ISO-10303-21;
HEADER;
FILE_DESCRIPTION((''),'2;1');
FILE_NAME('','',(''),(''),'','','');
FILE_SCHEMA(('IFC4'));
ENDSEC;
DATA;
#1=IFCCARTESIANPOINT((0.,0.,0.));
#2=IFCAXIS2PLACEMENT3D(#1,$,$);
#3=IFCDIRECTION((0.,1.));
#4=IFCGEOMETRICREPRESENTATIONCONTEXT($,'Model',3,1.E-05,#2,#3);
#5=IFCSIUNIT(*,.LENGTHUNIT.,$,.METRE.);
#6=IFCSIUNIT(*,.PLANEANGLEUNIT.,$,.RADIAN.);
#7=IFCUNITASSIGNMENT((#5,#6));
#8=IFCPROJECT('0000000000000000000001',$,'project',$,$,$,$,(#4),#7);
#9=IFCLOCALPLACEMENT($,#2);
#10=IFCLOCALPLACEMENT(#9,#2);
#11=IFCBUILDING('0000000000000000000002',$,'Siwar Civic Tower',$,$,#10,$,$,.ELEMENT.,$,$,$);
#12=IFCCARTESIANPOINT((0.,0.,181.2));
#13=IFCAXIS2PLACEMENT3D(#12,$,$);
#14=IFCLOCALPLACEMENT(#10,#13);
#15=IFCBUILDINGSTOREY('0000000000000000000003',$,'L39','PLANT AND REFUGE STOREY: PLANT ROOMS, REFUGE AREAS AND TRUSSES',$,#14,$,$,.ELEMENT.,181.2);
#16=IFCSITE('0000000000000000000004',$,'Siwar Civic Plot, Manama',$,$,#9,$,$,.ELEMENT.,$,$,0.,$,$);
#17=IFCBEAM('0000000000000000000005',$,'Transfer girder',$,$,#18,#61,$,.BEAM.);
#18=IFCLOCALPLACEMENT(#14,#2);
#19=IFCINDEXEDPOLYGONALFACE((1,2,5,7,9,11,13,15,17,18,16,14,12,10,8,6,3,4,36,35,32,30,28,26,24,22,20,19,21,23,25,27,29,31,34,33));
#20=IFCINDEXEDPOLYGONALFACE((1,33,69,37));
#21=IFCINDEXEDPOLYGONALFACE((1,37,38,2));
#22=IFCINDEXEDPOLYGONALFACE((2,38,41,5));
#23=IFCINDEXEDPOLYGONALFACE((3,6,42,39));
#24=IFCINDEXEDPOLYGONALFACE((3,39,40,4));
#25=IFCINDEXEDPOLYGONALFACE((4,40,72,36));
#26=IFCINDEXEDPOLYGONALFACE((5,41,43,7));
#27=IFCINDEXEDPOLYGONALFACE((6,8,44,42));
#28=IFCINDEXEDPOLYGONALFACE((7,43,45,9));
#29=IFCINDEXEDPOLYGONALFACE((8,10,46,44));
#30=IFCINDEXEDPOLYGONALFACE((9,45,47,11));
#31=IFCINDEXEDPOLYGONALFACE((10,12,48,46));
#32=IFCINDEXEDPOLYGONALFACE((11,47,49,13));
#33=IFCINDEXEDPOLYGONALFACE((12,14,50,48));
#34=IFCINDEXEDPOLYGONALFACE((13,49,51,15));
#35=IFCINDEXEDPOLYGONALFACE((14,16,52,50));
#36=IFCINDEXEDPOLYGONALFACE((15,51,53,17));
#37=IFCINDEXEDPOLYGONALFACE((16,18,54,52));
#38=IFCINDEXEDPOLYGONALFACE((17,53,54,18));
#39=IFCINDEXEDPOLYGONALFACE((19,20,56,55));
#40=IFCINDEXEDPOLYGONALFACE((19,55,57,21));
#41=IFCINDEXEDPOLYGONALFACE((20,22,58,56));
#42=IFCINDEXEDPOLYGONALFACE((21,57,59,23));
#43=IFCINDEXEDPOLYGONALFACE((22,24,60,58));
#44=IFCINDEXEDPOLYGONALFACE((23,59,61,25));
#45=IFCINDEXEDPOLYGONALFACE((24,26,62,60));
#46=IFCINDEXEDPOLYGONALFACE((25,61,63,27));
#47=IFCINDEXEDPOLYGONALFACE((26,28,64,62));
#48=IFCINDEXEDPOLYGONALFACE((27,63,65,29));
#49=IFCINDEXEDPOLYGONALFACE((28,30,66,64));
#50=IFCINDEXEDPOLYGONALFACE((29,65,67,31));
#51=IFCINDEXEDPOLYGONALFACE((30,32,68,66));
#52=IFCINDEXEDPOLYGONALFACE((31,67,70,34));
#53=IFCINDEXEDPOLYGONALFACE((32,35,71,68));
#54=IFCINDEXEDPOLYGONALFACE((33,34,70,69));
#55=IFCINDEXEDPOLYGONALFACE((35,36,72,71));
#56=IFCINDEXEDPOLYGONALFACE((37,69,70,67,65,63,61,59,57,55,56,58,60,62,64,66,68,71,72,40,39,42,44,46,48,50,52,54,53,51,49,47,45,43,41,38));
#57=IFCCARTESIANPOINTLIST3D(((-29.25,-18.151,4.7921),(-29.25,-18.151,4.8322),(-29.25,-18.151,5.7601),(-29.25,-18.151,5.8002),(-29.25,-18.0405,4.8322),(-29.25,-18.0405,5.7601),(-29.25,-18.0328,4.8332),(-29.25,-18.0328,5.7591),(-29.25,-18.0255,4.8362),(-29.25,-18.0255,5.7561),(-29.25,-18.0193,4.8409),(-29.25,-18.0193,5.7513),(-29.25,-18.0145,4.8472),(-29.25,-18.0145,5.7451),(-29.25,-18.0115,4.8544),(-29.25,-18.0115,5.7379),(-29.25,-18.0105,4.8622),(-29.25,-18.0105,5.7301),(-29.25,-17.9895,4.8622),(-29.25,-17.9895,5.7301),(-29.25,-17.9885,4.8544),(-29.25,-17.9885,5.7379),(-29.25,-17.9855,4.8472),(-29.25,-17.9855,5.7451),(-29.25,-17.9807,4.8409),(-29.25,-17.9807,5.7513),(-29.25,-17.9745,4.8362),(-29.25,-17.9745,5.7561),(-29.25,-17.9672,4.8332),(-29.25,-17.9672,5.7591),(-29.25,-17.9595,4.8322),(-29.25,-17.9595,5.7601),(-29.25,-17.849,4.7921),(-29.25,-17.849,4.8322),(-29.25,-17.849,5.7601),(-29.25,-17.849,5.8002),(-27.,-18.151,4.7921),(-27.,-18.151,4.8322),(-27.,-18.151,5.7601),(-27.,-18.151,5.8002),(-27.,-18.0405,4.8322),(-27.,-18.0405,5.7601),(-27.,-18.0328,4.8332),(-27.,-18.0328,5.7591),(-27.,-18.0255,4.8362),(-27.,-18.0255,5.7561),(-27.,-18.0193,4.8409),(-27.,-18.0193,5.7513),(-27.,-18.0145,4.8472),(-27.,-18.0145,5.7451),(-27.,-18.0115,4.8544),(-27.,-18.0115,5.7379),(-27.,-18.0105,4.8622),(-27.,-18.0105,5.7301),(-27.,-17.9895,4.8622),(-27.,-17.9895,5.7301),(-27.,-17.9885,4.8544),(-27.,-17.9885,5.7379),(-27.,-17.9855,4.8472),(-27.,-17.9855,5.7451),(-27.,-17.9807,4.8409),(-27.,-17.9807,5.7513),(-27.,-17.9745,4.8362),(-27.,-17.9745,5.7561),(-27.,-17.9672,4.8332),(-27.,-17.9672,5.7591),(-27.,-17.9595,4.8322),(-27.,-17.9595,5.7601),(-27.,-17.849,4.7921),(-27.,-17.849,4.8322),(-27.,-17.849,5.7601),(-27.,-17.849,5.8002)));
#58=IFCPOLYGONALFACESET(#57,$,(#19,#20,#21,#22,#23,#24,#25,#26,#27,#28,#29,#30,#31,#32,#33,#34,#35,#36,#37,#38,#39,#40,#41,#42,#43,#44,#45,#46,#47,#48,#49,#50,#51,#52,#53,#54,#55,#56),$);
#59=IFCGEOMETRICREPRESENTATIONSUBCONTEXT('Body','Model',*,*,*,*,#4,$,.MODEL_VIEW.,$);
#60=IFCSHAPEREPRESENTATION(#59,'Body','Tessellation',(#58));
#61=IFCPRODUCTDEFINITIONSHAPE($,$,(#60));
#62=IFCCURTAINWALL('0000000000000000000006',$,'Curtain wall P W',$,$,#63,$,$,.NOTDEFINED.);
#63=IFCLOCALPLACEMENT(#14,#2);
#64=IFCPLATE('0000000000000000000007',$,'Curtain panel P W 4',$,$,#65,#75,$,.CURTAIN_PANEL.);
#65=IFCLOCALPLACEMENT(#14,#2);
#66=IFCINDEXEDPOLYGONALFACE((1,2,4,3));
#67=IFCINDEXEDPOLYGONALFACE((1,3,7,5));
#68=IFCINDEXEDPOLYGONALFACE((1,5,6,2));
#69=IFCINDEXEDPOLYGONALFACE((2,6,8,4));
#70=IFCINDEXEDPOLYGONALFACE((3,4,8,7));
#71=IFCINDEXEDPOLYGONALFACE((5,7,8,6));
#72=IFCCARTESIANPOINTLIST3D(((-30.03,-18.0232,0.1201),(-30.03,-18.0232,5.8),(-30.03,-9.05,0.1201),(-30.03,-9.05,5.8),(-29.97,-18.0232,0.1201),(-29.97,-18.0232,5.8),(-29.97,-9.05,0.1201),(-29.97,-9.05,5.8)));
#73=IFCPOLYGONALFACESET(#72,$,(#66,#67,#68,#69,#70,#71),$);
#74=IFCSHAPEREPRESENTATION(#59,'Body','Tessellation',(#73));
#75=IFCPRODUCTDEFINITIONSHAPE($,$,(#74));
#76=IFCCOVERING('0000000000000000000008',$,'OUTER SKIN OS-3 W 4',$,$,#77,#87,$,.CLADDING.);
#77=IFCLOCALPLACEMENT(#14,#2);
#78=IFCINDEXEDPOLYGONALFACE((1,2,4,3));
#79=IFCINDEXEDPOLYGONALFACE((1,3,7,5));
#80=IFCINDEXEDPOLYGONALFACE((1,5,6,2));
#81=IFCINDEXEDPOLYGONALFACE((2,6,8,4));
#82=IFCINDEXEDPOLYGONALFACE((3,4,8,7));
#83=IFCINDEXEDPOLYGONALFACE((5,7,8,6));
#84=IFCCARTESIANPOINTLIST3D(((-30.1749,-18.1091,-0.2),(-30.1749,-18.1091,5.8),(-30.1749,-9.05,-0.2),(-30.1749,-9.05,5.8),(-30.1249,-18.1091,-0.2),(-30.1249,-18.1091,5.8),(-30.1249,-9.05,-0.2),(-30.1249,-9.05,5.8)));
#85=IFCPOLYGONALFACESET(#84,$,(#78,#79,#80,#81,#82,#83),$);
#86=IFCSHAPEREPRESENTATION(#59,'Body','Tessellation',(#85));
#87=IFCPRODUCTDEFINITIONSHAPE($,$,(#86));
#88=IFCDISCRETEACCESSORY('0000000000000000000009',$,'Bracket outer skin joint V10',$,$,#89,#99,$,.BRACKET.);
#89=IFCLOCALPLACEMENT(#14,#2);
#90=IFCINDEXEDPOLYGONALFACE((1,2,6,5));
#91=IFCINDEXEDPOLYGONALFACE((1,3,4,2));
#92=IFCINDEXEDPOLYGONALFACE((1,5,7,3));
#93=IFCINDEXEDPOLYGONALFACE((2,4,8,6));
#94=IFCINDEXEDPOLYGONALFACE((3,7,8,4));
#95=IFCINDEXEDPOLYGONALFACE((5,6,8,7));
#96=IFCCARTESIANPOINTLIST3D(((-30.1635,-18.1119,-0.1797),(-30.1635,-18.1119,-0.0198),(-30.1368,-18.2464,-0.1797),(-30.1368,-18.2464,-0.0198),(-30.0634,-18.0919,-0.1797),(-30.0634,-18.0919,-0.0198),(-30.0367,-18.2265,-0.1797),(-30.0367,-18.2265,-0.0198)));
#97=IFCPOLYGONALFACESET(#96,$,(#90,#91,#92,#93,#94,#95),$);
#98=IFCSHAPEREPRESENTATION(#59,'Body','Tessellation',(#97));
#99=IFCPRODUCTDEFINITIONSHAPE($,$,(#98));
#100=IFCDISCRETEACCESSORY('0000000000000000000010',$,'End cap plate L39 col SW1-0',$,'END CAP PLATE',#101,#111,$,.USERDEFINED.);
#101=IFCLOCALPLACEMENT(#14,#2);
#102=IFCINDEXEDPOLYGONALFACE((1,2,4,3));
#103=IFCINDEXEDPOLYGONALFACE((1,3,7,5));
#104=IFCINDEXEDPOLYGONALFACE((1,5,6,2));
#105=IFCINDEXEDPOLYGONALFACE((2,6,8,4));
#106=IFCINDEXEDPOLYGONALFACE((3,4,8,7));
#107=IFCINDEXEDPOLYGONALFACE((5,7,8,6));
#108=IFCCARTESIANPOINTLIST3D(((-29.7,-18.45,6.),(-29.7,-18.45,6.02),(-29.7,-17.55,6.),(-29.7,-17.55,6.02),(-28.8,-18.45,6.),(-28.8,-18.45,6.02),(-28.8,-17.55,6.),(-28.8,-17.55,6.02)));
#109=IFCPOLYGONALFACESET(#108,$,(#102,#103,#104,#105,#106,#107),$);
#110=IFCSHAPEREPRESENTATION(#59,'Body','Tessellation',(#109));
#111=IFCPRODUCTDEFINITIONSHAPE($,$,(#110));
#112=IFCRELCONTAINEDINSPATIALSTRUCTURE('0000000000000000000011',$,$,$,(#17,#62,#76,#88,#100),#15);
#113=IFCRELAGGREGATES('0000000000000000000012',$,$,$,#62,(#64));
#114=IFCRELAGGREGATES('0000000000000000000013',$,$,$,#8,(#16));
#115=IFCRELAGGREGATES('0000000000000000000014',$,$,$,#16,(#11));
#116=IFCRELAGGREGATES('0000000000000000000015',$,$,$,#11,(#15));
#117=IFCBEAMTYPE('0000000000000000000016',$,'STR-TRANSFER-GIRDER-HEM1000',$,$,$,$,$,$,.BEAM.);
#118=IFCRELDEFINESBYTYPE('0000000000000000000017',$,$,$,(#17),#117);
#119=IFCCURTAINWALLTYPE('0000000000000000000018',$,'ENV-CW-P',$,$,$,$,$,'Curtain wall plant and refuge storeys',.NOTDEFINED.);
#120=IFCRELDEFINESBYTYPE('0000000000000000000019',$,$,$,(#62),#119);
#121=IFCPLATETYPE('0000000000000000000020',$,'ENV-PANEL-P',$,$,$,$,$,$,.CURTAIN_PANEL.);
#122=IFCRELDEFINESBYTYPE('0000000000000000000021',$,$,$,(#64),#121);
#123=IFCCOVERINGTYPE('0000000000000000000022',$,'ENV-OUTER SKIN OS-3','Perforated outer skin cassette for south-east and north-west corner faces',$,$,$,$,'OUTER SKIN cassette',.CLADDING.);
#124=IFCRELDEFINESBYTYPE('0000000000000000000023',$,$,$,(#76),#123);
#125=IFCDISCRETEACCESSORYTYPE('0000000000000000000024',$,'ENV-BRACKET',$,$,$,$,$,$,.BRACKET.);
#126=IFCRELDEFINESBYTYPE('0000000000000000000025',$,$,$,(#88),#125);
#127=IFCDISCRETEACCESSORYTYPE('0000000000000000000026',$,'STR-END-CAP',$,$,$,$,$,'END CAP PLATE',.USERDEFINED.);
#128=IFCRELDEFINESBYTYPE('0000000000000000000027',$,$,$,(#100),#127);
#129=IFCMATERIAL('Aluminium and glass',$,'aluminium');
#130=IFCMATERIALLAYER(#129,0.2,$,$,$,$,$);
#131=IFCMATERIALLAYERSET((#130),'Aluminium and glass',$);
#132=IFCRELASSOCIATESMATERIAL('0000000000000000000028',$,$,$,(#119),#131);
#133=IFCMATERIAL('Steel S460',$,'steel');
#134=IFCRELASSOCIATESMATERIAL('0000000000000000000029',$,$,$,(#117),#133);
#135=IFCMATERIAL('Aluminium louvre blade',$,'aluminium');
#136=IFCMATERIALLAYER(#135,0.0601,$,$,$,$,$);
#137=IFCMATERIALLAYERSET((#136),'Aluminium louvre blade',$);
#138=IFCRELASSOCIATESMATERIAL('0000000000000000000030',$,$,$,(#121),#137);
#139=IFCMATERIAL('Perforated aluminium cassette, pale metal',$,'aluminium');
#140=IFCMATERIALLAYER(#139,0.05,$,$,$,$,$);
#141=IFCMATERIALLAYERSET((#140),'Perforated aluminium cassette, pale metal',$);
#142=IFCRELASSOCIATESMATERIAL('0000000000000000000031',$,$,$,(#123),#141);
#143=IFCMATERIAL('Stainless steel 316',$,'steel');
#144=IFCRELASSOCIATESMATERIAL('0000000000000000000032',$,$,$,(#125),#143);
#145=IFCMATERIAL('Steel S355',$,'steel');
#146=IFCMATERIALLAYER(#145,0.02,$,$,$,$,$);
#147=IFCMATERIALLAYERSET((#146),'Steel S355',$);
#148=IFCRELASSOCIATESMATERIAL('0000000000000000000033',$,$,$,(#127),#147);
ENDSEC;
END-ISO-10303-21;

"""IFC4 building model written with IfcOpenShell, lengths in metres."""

from ifc_helpers import new_model, si_unit, direction, frame, origin, origin_2d, place, context, subcontext, project, spatial, rectangle, i_section, extrude, material, layer, layer_set, material_profile, profile_set, type_object, element, aggregate, save


model = new_model("IFC4")

# Units and contexts
model_context = context("Model", 3, precision=1e-05, world=origin(), true_north=direction((0.0, 1.0)))
body_context = subcontext(model_context, "Body", "Model", "MODEL_VIEW")
ifc_project = project(units=[si_unit("LENGTHUNIT", "METRE"), si_unit("PLANEANGLEUNIT", "RADIAN")], contexts=[model_context])

# Site, building, storey
site_placement = place(None, origin())
site = spatial("IfcSite", under=ifc_project, at=site_placement, Name="Siwar Civic Plot, Manama", CompositionType="ELEMENT", RefElevation=0.0)
building_placement = place(site_placement, origin())
building = spatial("IfcBuilding", under=site, at=building_placement, Name="Siwar Civic Tower", CompositionType="ELEMENT")
storey_placement = place(building_placement, frame((0.0, 0.0, 181.2)))
storey = spatial("IfcBuildingStorey", under=building, at=storey_placement, Name="L39", Description="PLANT AND REFUGE STOREY: PLANT ROOMS, REFUGE AREAS AND TRUSSES", CompositionType="ELEMENT", Elevation=181.2)

# Shared definitions
ifc_material_1 = material(Name="Aluminium and glass", Category="aluminium")
ifc_layer_1 = layer(ifc_material_1, 0.2)
ifc_layer_set_1 = layer_set([ifc_layer_1], Name="Aluminium and glass")
curtain_wall_type = type_object("IfcCurtainWallType", Name="ENV-CW-P", ElementType="Curtain wall plant and refuge storeys", PredefinedType="NOTDEFINED", material=ifc_layer_set_1)

# Beam
ifc_material_2 = material(Name="Steel S460", Category="steel")
ifc_material_profile_1 = material_profile(ifc_material_2, i_section(OverallWidth=0.302, OverallDepth=1.0081, WebThickness=0.021, FlangeThickness=0.04, FilletRadius=0.03, at=origin_2d()), Name="HEM1000")
ifc_profile_set_1 = profile_set([ifc_material_profile_1], Name="Steel S460")
beam_type_1 = type_object("IfcBeamType", Name="STR-TRANSFER-GIRDER-HEM1000", PredefinedType="BEAM", material=ifc_profile_set_1)
beam_placement = place(storey_placement, frame((-27.0, -18.0, 5.2961), z_axis=(-1.0, 0.0, 0.0), x_axis=(0.0, -1.0, 0.0)))
element("IfcBeam", 1, at=beam_placement, inside=storey, type_object=beam_type_1, Name="Transfer girder", PredefinedType="BEAM", context=body_context, shape_type="SweptSolid", body=[
    extrude(i_section(OverallWidth=0.302, OverallDepth=1.0081, WebThickness=0.021, FlangeThickness=0.04, FilletRadius=0.03, at=origin_2d()), origin(), (0.0, 0.0, 1.0), 2.25),
])

# Curtain wall, plate
curtain_wall_1_placement = place(storey_placement, origin())
curtain_wall_1 = element("IfcCurtainWall", 2, at=curtain_wall_1_placement, inside=storey, type_object=curtain_wall_type, Name="Curtain wall P W", PredefinedType="NOTDEFINED")
ifc_material_3 = material(Name="Aluminium louvre blade", Category="aluminium")
ifc_layer_2 = layer(ifc_material_3, 0.0601)
ifc_layer_set_2 = layer_set([ifc_layer_2], Name="Aluminium louvre blade")
plate_type = type_object("IfcPlateType", Name="ENV-PANEL-P", PredefinedType="CURTAIN_PANEL", material=ifc_layer_set_2)
plate_placement = place(storey_placement, frame((-30.0, -13.5366, 0.1201), z_axis=(0.0, 0.0, 1.0), x_axis=(0.0, -1.0, 0.0)))
plate = element("IfcPlate", 3, at=plate_placement, type_object=plate_type, Name="Curtain panel P W 4", PredefinedType="CURTAIN_PANEL", context=body_context, shape_type="SweptSolid", body=[
    extrude(rectangle(XDim=8.9731, YDim=0.0601, at=origin_2d()), origin(), (0.0, 0.0, 1.0), 5.6799),
])
aggregate(curtain_wall_1, [plate])

# Covering
ifc_material_4 = material(Name="Perforated aluminium cassette, pale metal", Category="aluminium")
ifc_layer_3 = layer(ifc_material_4, 0.05)
ifc_layer_set_3 = layer_set([ifc_layer_3], Name="Perforated aluminium cassette, pale metal")
covering_type = type_object("IfcCoveringType", Name="ENV-OUTER SKIN OS-3", Description="Perforated outer skin cassette for south-east and north-west corner faces", ElementType="OUTER SKIN cassette", PredefinedType="CLADDING", material=ifc_layer_set_3)
covering_placement = place(storey_placement, frame((-30.1499, -13.5796, -0.2), z_axis=(0.0, 0.0, 1.0), x_axis=(0.0, -1.0, 0.0)))
element("IfcCovering", 4, at=covering_placement, inside=storey, type_object=covering_type, Name="OUTER SKIN OS-3 W 4", PredefinedType="CLADDING", context=body_context, shape_type="SweptSolid", body=[
    extrude(rectangle(XDim=9.0591, YDim=0.05, at=origin_2d()), origin(), (0.0, 0.0, 1.0), 6.0),
])

# Discrete accessories
ifc_material_5 = material(Name="Stainless steel 316", Category="steel")
discrete_accessory_type_1 = type_object("IfcDiscreteAccessoryType", Name="ENV-BRACKET", PredefinedType="BRACKET", material=ifc_material_5)
discrete_accessory_1_placement = place(storey_placement, frame((-30.1001, -18.1692, -0.1797), z_axis=(0.0, 0.0, 1.0), x_axis=(-0.980785, -0.19509, 0.0)))
element("IfcDiscreteAccessory", 5, at=discrete_accessory_1_placement, inside=storey, type_object=discrete_accessory_type_1, Name="Bracket outer skin joint V10", PredefinedType="BRACKET", context=body_context, shape_type="SweptSolid", body=[
    extrude(rectangle(XDim=0.1021, YDim=0.1372, at=origin_2d()), origin(), (0.0, 0.0, 1.0), 0.1599),
])
ifc_material_6 = material(Name="Steel S355", Category="steel")
ifc_layer_4 = layer(ifc_material_6, 0.02)
ifc_layer_set_4 = layer_set([ifc_layer_4], Name="Steel S355")
discrete_accessory_type_2 = type_object("IfcDiscreteAccessoryType", Name="STR-END-CAP", ElementType="END CAP PLATE", PredefinedType="USERDEFINED", material=ifc_layer_set_4)
discrete_accessory_2_placement = place(storey_placement, frame((-29.25, -18.0, 6.0), z_axis=(0.0, 0.0, 1.0), x_axis=(1.0, 0.0, 0.0)))
element("IfcDiscreteAccessory", 6, at=discrete_accessory_2_placement, inside=storey, type_object=discrete_accessory_type_2, Name="End cap plate L39 col SW1-0", ObjectType="END CAP PLATE", PredefinedType="USERDEFINED", context=body_context, shape_type="SweptSolid", body=[
    extrude(rectangle(XDim=0.8999, YDim=0.8999, at=origin_2d()), origin(), (0.0, 0.0, 1.0), 0.02),
])

save(model, "model.ifc")
